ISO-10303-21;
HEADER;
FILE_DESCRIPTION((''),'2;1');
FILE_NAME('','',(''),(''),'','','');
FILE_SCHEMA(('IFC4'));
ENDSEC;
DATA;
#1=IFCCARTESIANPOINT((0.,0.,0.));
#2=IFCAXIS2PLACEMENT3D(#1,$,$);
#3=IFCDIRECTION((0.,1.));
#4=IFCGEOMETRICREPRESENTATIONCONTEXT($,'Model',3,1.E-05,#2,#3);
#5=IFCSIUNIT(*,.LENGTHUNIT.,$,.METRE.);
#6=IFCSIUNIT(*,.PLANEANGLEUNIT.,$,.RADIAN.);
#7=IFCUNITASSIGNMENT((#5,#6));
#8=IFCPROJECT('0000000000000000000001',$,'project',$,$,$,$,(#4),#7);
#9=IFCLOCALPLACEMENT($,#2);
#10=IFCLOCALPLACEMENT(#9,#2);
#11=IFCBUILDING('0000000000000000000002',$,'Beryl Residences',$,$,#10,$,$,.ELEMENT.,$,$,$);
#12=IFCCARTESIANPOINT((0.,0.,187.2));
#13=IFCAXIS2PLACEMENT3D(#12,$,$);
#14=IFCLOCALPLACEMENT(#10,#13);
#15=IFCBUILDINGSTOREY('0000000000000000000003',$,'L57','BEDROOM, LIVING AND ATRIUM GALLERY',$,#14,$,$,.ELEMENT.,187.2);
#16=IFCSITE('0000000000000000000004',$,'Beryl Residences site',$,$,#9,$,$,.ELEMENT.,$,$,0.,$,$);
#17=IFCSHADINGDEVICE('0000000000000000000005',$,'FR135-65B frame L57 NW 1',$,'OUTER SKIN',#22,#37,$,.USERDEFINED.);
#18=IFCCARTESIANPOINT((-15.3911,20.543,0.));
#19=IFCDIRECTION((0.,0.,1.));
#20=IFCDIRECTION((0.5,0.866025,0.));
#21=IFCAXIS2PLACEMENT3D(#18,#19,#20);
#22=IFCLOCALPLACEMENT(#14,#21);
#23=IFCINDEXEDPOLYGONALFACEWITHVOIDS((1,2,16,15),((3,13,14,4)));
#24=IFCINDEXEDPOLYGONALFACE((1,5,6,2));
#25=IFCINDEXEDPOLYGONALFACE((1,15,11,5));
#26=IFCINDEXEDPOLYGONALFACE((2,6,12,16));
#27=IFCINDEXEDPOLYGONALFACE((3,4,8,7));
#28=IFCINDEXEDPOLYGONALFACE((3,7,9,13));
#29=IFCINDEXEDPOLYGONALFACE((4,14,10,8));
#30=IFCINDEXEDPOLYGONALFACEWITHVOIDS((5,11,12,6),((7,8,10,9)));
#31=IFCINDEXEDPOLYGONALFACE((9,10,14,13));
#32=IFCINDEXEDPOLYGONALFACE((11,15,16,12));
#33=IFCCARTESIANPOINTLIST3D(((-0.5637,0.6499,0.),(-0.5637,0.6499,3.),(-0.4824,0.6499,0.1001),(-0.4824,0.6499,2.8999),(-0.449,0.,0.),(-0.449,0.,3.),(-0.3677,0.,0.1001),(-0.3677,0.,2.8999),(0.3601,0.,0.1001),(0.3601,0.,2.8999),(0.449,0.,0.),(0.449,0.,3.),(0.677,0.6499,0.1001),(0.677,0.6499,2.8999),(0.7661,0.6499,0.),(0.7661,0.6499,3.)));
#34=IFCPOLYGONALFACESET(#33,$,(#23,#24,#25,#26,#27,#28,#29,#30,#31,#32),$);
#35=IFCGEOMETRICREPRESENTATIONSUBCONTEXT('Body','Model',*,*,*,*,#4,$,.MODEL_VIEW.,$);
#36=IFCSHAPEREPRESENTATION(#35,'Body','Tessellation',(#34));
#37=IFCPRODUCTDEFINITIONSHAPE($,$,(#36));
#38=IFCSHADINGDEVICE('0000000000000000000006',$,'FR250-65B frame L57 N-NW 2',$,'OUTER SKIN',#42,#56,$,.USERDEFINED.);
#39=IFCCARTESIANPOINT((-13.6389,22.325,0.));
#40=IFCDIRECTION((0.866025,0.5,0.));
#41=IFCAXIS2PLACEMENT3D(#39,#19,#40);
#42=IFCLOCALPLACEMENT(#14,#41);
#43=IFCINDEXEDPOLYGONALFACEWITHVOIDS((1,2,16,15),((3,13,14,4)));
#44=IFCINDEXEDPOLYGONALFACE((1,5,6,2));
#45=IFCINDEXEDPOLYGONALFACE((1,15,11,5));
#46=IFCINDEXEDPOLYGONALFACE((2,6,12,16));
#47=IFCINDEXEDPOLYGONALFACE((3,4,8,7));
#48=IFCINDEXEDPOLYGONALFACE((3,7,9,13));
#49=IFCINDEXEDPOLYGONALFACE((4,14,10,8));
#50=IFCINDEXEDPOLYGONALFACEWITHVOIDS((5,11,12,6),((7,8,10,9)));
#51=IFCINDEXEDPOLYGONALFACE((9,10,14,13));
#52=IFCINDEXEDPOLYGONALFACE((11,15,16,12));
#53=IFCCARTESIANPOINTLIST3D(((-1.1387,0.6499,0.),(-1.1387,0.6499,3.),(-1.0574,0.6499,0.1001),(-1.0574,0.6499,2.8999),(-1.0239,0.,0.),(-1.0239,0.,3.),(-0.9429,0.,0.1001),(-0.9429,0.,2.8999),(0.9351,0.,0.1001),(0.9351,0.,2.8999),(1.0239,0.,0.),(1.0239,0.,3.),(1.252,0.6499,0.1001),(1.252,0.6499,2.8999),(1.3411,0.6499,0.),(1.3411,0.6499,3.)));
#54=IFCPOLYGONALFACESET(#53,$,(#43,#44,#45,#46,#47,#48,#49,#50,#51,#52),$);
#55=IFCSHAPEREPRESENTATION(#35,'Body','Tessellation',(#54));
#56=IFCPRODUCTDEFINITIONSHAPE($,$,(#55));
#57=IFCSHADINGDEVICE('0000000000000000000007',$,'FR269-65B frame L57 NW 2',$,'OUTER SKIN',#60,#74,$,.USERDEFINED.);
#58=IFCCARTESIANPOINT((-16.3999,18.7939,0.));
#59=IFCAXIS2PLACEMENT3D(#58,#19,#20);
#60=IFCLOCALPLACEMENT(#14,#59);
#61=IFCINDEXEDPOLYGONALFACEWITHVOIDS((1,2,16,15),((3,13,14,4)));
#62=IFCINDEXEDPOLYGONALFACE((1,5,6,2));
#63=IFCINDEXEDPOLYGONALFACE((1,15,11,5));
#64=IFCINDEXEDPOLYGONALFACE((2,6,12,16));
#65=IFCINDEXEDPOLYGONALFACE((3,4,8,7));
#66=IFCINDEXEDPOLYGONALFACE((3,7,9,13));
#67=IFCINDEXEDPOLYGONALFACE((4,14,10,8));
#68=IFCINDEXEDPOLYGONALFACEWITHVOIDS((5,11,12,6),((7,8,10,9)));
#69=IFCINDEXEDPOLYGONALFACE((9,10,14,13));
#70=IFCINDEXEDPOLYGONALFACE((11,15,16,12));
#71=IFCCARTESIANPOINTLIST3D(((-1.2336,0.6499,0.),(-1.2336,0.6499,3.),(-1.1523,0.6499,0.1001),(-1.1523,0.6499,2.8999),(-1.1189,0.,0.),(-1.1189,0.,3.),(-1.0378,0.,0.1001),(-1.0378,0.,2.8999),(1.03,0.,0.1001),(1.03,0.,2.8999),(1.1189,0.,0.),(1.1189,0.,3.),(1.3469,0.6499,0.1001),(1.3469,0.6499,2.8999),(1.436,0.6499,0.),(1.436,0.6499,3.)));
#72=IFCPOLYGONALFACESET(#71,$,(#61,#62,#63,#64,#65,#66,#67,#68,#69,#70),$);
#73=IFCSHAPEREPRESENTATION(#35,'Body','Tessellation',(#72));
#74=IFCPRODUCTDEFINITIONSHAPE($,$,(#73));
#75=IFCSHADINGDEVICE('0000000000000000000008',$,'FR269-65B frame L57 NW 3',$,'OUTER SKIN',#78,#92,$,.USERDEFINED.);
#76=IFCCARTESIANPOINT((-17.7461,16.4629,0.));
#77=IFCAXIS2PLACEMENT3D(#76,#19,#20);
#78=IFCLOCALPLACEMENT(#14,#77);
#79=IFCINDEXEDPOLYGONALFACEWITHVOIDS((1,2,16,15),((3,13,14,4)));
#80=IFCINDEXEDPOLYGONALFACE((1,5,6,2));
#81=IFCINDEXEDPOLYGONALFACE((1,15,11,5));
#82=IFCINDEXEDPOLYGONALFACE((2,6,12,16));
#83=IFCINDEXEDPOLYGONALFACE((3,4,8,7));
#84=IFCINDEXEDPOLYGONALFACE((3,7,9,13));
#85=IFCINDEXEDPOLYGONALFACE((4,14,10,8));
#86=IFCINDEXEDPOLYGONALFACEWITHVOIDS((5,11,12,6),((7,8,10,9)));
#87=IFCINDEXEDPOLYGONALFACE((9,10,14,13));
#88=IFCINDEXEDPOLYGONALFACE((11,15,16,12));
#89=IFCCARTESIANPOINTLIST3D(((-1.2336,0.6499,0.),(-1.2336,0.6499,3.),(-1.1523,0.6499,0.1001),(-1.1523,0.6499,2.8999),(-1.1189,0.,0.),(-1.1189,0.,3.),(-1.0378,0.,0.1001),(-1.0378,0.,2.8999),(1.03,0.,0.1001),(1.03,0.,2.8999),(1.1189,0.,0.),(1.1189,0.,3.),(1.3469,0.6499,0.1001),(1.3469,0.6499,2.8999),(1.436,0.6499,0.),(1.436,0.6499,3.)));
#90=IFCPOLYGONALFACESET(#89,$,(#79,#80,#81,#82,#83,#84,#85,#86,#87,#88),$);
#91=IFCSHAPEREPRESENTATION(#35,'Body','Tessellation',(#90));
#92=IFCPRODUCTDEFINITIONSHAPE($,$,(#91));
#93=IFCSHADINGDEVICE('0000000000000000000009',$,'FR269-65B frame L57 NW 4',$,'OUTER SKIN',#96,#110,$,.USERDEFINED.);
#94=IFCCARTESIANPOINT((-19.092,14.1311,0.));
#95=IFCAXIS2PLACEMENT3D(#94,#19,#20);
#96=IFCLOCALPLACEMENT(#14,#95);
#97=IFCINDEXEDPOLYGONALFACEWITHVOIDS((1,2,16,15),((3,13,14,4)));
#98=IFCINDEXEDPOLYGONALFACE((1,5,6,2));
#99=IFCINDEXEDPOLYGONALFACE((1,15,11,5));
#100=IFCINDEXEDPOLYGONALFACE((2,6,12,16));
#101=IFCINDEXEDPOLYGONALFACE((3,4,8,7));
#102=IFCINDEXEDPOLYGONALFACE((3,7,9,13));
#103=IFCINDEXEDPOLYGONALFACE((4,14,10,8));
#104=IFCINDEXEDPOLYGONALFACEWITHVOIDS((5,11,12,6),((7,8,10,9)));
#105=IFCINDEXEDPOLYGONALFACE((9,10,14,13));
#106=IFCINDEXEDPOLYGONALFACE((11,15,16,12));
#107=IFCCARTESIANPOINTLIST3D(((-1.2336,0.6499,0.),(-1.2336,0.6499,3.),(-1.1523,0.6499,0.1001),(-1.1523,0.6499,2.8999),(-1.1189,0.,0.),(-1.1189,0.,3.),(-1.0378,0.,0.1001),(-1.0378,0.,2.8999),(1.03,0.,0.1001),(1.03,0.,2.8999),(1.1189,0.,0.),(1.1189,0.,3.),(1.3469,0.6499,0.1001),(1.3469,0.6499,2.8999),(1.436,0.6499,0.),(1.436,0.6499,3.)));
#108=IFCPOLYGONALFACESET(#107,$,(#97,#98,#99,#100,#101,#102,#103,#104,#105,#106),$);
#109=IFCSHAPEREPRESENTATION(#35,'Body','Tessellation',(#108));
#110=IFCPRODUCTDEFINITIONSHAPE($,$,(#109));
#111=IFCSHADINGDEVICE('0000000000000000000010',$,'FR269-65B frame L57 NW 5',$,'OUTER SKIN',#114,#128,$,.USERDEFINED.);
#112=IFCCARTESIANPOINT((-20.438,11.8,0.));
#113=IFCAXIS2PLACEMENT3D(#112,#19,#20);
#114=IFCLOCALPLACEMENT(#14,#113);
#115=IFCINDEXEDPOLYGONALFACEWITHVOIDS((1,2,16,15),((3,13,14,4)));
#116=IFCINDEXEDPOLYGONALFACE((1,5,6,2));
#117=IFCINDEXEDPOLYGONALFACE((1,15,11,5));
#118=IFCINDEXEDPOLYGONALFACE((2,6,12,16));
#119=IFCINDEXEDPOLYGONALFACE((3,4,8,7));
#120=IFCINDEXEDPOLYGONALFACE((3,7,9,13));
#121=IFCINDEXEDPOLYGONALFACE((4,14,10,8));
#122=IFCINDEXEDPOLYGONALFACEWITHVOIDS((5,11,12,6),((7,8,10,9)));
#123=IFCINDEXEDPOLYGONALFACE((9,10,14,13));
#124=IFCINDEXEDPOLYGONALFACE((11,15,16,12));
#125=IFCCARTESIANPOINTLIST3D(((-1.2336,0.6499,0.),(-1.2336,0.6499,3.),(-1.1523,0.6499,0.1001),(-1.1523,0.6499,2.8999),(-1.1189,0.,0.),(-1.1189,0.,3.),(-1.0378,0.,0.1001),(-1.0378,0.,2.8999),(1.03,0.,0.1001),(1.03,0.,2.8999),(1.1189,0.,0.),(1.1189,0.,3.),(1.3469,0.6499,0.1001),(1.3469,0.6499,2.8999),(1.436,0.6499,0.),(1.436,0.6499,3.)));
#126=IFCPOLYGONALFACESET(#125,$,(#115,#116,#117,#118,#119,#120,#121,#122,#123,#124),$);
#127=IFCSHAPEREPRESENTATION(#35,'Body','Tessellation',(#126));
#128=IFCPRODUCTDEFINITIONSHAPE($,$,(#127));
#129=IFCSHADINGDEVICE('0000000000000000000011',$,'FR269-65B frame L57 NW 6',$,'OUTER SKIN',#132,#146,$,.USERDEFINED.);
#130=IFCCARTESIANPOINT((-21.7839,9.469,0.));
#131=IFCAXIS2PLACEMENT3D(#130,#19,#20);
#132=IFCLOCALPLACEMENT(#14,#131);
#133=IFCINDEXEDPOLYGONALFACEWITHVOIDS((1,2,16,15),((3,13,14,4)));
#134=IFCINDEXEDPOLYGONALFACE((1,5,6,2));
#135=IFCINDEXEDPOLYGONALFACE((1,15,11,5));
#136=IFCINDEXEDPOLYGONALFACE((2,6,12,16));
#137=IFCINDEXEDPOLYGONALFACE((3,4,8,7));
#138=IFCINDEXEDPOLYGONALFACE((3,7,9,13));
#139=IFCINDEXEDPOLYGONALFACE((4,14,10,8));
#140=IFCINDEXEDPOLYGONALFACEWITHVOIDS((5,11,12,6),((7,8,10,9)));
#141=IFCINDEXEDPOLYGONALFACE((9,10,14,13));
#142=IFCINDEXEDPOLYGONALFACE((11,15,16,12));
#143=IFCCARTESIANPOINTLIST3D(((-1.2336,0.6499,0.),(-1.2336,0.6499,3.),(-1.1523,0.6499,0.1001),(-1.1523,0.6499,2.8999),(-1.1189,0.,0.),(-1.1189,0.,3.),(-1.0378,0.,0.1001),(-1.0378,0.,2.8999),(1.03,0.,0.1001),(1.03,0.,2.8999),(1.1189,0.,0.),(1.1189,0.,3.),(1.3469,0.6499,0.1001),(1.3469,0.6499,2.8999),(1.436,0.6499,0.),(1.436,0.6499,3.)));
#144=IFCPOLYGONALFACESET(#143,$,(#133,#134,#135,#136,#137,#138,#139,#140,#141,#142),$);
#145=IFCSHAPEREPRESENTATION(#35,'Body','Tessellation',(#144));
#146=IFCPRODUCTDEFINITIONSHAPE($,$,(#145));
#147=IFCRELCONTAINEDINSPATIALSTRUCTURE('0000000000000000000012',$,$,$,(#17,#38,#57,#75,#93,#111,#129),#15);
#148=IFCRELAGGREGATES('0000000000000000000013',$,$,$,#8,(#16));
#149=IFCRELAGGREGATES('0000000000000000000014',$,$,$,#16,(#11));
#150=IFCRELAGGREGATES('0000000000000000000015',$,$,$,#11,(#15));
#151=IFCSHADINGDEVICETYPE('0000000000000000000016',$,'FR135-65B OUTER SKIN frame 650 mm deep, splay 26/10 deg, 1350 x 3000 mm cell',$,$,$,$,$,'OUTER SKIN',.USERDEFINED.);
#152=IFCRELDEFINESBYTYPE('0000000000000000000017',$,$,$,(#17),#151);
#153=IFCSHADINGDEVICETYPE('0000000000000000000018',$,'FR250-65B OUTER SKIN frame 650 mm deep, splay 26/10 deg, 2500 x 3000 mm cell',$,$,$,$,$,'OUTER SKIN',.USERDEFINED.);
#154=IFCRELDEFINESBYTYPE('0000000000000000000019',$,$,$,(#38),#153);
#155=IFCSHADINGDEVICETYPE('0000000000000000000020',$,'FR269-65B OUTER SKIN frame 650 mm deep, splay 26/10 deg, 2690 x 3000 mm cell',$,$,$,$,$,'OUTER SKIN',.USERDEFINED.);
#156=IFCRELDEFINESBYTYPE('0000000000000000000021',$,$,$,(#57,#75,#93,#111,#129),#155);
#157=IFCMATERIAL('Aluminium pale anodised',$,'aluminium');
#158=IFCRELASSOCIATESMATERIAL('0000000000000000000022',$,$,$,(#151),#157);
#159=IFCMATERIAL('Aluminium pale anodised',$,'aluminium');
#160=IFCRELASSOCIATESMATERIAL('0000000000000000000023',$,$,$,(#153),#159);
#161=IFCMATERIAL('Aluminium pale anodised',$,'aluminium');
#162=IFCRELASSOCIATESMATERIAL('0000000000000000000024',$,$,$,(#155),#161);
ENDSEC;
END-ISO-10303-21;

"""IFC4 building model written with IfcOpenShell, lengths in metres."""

from ifc_helpers import new_model, entity, si_unit, direction, frame, origin, place, context, subcontext, project, spatial, source, transform, mapped, material, type_object, type_shapes, element, save


model = new_model("IFC4")

# Units and contexts
model_context = context("Model", 3, precision=1e-05, world=origin(), true_north=direction((0.0, 1.0)))
body_context = subcontext(model_context, "Body", "Model", "MODEL_VIEW")
ifc_project = project(units=[si_unit("LENGTHUNIT", "METRE"), si_unit("PLANEANGLEUNIT", "RADIAN")], contexts=[model_context])

# Site, building, storey
site_placement = place(None, origin())
site = spatial("IfcSite", under=ifc_project, at=site_placement, Name="Beryl Residences site", CompositionType="ELEMENT", RefElevation=0.0)
building_placement = place(site_placement, origin())
building = spatial("IfcBuilding", under=site, at=building_placement, Name="Beryl Residences", CompositionType="ELEMENT")
storey_placement = place(building_placement, frame((0.0, 0.0, 187.2)))
storey = spatial("IfcBuildingStorey", under=building, at=storey_placement, Name="L57", Description="BEDROOM, LIVING AND ATRIUM GALLERY", CompositionType="ELEMENT", Elevation=187.2)

# Shading devices
ifc_material_1 = material(Name="Aluminium pale anodised", Category="aluminium")
shading_device_type_1 = type_object("IfcShadingDeviceType", Name="FR135-65B OUTER SKIN frame 650 mm deep, splay 26/10 deg, 1350 x 3000 mm cell", ElementType="OUTER SKIN", PredefinedType="USERDEFINED", material=ifc_material_1)
cartesian_point_1 = entity("IfcCartesianPoint", [-0.449, 0.0])
cartesian_point_2 = entity("IfcCartesianPoint", [-0.3601, 0.1001])
cartesian_point_3 = entity("IfcCartesianPoint", [-0.7661, 0.0])
cartesian_point_4 = entity("IfcCartesianPoint", [-0.677, 0.1001])
shared_shape_1 = source(origin(), body_context, "Body", "SweptSolid", [
    entity("IfcExtrudedAreaSolidTapered", entity("IfcArbitraryProfileDefWithVoids", "AREA", None, entity("IfcPolyline", [cartesian_point_1, entity("IfcCartesianPoint", [0.449, 0.0]), entity("IfcCartesianPoint", [0.449, 3.0]), entity("IfcCartesianPoint", [-0.449, 3.0]), cartesian_point_1]), [entity("IfcPolyline", [cartesian_point_2, entity("IfcCartesianPoint", [0.3677, 0.1001]), entity("IfcCartesianPoint", [0.3677, 2.8999]), entity("IfcCartesianPoint", [-0.3601, 2.8999]), cartesian_point_2])]), entity("IfcAxis2Placement3D", entity("IfcCartesianPoint", [0.0, 0.0, 0.0]), entity("IfcDirection", [0.0, 1.0, 0.0]), entity("IfcDirection", [-1.0, 0.0, 0.0])), entity("IfcDirection", [0.0, 0.0, 1.0]), 0.6499, entity("IfcArbitraryProfileDefWithVoids", "AREA", None, entity("IfcPolyline", [cartesian_point_3, entity("IfcCartesianPoint", [0.5637, 0.0]), entity("IfcCartesianPoint", [0.5637, 3.0]), entity("IfcCartesianPoint", [-0.7661, 3.0]), cartesian_point_3]), [entity("IfcPolyline", [cartesian_point_4, entity("IfcCartesianPoint", [0.4824, 0.1001]), entity("IfcCartesianPoint", [0.4824, 2.8999]), entity("IfcCartesianPoint", [-0.677, 2.8999]), cartesian_point_4])])),
])
type_shapes(shading_device_type_1, [shared_shape_1])
shading_device_1_placement = place(storey_placement, frame((-15.3911, 20.543, 0.0), z_axis=(0.0, 0.0, 1.0), x_axis=(0.5, 0.866025, 0.0)))
element("IfcShadingDevice", 1, at=shading_device_1_placement, inside=storey, type_object=shading_device_type_1, Name="FR135-65B frame L57 NW 1", ObjectType="OUTER SKIN", PredefinedType="USERDEFINED", context=body_context, shape_type="MappedRepresentation", body=[
    mapped(shared_shape_1, transform((0.0, 0.0, 0.0))),
])
ifc_material_2 = material(Name="Aluminium pale anodised", Category="aluminium")
shading_device_type_2 = type_object("IfcShadingDeviceType", Name="FR250-65B OUTER SKIN frame 650 mm deep, splay 26/10 deg, 2500 x 3000 mm cell", ElementType="OUTER SKIN", PredefinedType="USERDEFINED", material=ifc_material_2)
cartesian_point_5 = entity("IfcCartesianPoint", [-1.0239, 0.0])
cartesian_point_6 = entity("IfcCartesianPoint", [-0.9351, 0.1001])
cartesian_point_7 = entity("IfcCartesianPoint", [-1.3411, 0.0])
cartesian_point_8 = entity("IfcCartesianPoint", [-1.252, 0.1001])
shared_shape_2 = source(origin(), body_context, "Body", "SweptSolid", [
    entity("IfcExtrudedAreaSolidTapered", entity("IfcArbitraryProfileDefWithVoids", "AREA", None, entity("IfcPolyline", [cartesian_point_5, entity("IfcCartesianPoint", [1.0239, 0.0]), entity("IfcCartesianPoint", [1.0239, 3.0]), entity("IfcCartesianPoint", [-1.0239, 3.0]), cartesian_point_5]), [entity("IfcPolyline", [cartesian_point_6, entity("IfcCartesianPoint", [0.9429, 0.1001]), entity("IfcCartesianPoint", [0.9429, 2.8999]), entity("IfcCartesianPoint", [-0.9351, 2.8999]), cartesian_point_6])]), entity("IfcAxis2Placement3D", entity("IfcCartesianPoint", [0.0, 0.0, 0.0]), entity("IfcDirection", [0.0, 1.0, 0.0]), entity("IfcDirection", [-1.0, 0.0, 0.0])), entity("IfcDirection", [0.0, 0.0, 1.0]), 0.6499, entity("IfcArbitraryProfileDefWithVoids", "AREA", None, entity("IfcPolyline", [cartesian_point_7, entity("IfcCartesianPoint", [1.1387, 0.0]), entity("IfcCartesianPoint", [1.1387, 3.0]), entity("IfcCartesianPoint", [-1.3411, 3.0]), cartesian_point_7]), [entity("IfcPolyline", [cartesian_point_8, entity("IfcCartesianPoint", [1.0574, 0.1001]), entity("IfcCartesianPoint", [1.0574, 2.8999]), entity("IfcCartesianPoint", [-1.252, 2.8999]), cartesian_point_8])])),
])
type_shapes(shading_device_type_2, [shared_shape_2])
shading_device_2_placement = place(storey_placement, frame((-13.6389, 22.325, 0.0), z_axis=(0.0, 0.0, 1.0), x_axis=(0.866025, 0.5, 0.0)))
element("IfcShadingDevice", 2, at=shading_device_2_placement, inside=storey, type_object=shading_device_type_2, Name="FR250-65B frame L57 N-NW 2", ObjectType="OUTER SKIN", PredefinedType="USERDEFINED", context=body_context, shape_type="MappedRepresentation", body=[
    mapped(shared_shape_2, transform((0.0, 0.0, 0.0))),
])
ifc_material_3 = material(Name="Aluminium pale anodised", Category="aluminium")
shading_device_type_3 = type_object("IfcShadingDeviceType", Name="FR269-65B OUTER SKIN frame 650 mm deep, splay 26/10 deg, 2690 x 3000 mm cell", ElementType="OUTER SKIN", PredefinedType="USERDEFINED", material=ifc_material_3)
cartesian_point_9 = entity("IfcCartesianPoint", [-1.1189, 0.0])
cartesian_point_10 = entity("IfcCartesianPoint", [-1.03, 0.1001])
cartesian_point_11 = entity("IfcCartesianPoint", [-1.436, 0.0])
cartesian_point_12 = entity("IfcCartesianPoint", [-1.3469, 0.1001])
shared_shape_3 = source(origin(), body_context, "Body", "SweptSolid", [
    entity("IfcExtrudedAreaSolidTapered", entity("IfcArbitraryProfileDefWithVoids", "AREA", None, entity("IfcPolyline", [cartesian_point_9, entity("IfcCartesianPoint", [1.1189, 0.0]), entity("IfcCartesianPoint", [1.1189, 3.0]), entity("IfcCartesianPoint", [-1.1189, 3.0]), cartesian_point_9]), [entity("IfcPolyline", [cartesian_point_10, entity("IfcCartesianPoint", [1.0378, 0.1001]), entity("IfcCartesianPoint", [1.0378, 2.8999]), entity("IfcCartesianPoint", [-1.03, 2.8999]), cartesian_point_10])]), entity("IfcAxis2Placement3D", entity("IfcCartesianPoint", [0.0, 0.0, 0.0]), entity("IfcDirection", [0.0, 1.0, 0.0]), entity("IfcDirection", [-1.0, 0.0, 0.0])), entity("IfcDirection", [0.0, 0.0, 1.0]), 0.6499, entity("IfcArbitraryProfileDefWithVoids", "AREA", None, entity("IfcPolyline", [cartesian_point_11, entity("IfcCartesianPoint", [1.2336, 0.0]), entity("IfcCartesianPoint", [1.2336, 3.0]), entity("IfcCartesianPoint", [-1.436, 3.0]), cartesian_point_11]), [entity("IfcPolyline", [cartesian_point_12, entity("IfcCartesianPoint", [1.1523, 0.1001]), entity("IfcCartesianPoint", [1.1523, 2.8999]), entity("IfcCartesianPoint", [-1.3469, 2.8999]), cartesian_point_12])])),
])
type_shapes(shading_device_type_3, [shared_shape_3])
for number, where, z_axis, x_axis, name in (
    (3, (-16.3999, 18.7939, 0.0), (0.0, 0.0, 1.0), (0.5, 0.866025, 0.0), "FR269-65B frame L57 NW 2"),
    (4, (-17.7461, 16.4629, 0.0), (0.0, 0.0, 1.0), (0.5, 0.866025, 0.0), "FR269-65B frame L57 NW 3"),
    (5, (-19.092, 14.1311, 0.0), (0.0, 0.0, 1.0), (0.5, 0.866025, 0.0), "FR269-65B frame L57 NW 4"),
    (6, (-20.438, 11.8, 0.0), (0.0, 0.0, 1.0), (0.5, 0.866025, 0.0), "FR269-65B frame L57 NW 5"),
    (7, (-21.7839, 9.469, 0.0), (0.0, 0.0, 1.0), (0.5, 0.866025, 0.0), "FR269-65B frame L57 NW 6"),
):
    element("IfcShadingDevice", number, at=place(storey_placement, frame(where, z_axis=z_axis, x_axis=x_axis)), inside=storey, type_object=shading_device_type_3, Name=name, ObjectType="OUTER SKIN", PredefinedType="USERDEFINED", context=body_context, shape_type="MappedRepresentation", body=[
        mapped(shared_shape_3, transform((0.0, 0.0, 0.0))),
    ])

save(model, "model.ifc")
